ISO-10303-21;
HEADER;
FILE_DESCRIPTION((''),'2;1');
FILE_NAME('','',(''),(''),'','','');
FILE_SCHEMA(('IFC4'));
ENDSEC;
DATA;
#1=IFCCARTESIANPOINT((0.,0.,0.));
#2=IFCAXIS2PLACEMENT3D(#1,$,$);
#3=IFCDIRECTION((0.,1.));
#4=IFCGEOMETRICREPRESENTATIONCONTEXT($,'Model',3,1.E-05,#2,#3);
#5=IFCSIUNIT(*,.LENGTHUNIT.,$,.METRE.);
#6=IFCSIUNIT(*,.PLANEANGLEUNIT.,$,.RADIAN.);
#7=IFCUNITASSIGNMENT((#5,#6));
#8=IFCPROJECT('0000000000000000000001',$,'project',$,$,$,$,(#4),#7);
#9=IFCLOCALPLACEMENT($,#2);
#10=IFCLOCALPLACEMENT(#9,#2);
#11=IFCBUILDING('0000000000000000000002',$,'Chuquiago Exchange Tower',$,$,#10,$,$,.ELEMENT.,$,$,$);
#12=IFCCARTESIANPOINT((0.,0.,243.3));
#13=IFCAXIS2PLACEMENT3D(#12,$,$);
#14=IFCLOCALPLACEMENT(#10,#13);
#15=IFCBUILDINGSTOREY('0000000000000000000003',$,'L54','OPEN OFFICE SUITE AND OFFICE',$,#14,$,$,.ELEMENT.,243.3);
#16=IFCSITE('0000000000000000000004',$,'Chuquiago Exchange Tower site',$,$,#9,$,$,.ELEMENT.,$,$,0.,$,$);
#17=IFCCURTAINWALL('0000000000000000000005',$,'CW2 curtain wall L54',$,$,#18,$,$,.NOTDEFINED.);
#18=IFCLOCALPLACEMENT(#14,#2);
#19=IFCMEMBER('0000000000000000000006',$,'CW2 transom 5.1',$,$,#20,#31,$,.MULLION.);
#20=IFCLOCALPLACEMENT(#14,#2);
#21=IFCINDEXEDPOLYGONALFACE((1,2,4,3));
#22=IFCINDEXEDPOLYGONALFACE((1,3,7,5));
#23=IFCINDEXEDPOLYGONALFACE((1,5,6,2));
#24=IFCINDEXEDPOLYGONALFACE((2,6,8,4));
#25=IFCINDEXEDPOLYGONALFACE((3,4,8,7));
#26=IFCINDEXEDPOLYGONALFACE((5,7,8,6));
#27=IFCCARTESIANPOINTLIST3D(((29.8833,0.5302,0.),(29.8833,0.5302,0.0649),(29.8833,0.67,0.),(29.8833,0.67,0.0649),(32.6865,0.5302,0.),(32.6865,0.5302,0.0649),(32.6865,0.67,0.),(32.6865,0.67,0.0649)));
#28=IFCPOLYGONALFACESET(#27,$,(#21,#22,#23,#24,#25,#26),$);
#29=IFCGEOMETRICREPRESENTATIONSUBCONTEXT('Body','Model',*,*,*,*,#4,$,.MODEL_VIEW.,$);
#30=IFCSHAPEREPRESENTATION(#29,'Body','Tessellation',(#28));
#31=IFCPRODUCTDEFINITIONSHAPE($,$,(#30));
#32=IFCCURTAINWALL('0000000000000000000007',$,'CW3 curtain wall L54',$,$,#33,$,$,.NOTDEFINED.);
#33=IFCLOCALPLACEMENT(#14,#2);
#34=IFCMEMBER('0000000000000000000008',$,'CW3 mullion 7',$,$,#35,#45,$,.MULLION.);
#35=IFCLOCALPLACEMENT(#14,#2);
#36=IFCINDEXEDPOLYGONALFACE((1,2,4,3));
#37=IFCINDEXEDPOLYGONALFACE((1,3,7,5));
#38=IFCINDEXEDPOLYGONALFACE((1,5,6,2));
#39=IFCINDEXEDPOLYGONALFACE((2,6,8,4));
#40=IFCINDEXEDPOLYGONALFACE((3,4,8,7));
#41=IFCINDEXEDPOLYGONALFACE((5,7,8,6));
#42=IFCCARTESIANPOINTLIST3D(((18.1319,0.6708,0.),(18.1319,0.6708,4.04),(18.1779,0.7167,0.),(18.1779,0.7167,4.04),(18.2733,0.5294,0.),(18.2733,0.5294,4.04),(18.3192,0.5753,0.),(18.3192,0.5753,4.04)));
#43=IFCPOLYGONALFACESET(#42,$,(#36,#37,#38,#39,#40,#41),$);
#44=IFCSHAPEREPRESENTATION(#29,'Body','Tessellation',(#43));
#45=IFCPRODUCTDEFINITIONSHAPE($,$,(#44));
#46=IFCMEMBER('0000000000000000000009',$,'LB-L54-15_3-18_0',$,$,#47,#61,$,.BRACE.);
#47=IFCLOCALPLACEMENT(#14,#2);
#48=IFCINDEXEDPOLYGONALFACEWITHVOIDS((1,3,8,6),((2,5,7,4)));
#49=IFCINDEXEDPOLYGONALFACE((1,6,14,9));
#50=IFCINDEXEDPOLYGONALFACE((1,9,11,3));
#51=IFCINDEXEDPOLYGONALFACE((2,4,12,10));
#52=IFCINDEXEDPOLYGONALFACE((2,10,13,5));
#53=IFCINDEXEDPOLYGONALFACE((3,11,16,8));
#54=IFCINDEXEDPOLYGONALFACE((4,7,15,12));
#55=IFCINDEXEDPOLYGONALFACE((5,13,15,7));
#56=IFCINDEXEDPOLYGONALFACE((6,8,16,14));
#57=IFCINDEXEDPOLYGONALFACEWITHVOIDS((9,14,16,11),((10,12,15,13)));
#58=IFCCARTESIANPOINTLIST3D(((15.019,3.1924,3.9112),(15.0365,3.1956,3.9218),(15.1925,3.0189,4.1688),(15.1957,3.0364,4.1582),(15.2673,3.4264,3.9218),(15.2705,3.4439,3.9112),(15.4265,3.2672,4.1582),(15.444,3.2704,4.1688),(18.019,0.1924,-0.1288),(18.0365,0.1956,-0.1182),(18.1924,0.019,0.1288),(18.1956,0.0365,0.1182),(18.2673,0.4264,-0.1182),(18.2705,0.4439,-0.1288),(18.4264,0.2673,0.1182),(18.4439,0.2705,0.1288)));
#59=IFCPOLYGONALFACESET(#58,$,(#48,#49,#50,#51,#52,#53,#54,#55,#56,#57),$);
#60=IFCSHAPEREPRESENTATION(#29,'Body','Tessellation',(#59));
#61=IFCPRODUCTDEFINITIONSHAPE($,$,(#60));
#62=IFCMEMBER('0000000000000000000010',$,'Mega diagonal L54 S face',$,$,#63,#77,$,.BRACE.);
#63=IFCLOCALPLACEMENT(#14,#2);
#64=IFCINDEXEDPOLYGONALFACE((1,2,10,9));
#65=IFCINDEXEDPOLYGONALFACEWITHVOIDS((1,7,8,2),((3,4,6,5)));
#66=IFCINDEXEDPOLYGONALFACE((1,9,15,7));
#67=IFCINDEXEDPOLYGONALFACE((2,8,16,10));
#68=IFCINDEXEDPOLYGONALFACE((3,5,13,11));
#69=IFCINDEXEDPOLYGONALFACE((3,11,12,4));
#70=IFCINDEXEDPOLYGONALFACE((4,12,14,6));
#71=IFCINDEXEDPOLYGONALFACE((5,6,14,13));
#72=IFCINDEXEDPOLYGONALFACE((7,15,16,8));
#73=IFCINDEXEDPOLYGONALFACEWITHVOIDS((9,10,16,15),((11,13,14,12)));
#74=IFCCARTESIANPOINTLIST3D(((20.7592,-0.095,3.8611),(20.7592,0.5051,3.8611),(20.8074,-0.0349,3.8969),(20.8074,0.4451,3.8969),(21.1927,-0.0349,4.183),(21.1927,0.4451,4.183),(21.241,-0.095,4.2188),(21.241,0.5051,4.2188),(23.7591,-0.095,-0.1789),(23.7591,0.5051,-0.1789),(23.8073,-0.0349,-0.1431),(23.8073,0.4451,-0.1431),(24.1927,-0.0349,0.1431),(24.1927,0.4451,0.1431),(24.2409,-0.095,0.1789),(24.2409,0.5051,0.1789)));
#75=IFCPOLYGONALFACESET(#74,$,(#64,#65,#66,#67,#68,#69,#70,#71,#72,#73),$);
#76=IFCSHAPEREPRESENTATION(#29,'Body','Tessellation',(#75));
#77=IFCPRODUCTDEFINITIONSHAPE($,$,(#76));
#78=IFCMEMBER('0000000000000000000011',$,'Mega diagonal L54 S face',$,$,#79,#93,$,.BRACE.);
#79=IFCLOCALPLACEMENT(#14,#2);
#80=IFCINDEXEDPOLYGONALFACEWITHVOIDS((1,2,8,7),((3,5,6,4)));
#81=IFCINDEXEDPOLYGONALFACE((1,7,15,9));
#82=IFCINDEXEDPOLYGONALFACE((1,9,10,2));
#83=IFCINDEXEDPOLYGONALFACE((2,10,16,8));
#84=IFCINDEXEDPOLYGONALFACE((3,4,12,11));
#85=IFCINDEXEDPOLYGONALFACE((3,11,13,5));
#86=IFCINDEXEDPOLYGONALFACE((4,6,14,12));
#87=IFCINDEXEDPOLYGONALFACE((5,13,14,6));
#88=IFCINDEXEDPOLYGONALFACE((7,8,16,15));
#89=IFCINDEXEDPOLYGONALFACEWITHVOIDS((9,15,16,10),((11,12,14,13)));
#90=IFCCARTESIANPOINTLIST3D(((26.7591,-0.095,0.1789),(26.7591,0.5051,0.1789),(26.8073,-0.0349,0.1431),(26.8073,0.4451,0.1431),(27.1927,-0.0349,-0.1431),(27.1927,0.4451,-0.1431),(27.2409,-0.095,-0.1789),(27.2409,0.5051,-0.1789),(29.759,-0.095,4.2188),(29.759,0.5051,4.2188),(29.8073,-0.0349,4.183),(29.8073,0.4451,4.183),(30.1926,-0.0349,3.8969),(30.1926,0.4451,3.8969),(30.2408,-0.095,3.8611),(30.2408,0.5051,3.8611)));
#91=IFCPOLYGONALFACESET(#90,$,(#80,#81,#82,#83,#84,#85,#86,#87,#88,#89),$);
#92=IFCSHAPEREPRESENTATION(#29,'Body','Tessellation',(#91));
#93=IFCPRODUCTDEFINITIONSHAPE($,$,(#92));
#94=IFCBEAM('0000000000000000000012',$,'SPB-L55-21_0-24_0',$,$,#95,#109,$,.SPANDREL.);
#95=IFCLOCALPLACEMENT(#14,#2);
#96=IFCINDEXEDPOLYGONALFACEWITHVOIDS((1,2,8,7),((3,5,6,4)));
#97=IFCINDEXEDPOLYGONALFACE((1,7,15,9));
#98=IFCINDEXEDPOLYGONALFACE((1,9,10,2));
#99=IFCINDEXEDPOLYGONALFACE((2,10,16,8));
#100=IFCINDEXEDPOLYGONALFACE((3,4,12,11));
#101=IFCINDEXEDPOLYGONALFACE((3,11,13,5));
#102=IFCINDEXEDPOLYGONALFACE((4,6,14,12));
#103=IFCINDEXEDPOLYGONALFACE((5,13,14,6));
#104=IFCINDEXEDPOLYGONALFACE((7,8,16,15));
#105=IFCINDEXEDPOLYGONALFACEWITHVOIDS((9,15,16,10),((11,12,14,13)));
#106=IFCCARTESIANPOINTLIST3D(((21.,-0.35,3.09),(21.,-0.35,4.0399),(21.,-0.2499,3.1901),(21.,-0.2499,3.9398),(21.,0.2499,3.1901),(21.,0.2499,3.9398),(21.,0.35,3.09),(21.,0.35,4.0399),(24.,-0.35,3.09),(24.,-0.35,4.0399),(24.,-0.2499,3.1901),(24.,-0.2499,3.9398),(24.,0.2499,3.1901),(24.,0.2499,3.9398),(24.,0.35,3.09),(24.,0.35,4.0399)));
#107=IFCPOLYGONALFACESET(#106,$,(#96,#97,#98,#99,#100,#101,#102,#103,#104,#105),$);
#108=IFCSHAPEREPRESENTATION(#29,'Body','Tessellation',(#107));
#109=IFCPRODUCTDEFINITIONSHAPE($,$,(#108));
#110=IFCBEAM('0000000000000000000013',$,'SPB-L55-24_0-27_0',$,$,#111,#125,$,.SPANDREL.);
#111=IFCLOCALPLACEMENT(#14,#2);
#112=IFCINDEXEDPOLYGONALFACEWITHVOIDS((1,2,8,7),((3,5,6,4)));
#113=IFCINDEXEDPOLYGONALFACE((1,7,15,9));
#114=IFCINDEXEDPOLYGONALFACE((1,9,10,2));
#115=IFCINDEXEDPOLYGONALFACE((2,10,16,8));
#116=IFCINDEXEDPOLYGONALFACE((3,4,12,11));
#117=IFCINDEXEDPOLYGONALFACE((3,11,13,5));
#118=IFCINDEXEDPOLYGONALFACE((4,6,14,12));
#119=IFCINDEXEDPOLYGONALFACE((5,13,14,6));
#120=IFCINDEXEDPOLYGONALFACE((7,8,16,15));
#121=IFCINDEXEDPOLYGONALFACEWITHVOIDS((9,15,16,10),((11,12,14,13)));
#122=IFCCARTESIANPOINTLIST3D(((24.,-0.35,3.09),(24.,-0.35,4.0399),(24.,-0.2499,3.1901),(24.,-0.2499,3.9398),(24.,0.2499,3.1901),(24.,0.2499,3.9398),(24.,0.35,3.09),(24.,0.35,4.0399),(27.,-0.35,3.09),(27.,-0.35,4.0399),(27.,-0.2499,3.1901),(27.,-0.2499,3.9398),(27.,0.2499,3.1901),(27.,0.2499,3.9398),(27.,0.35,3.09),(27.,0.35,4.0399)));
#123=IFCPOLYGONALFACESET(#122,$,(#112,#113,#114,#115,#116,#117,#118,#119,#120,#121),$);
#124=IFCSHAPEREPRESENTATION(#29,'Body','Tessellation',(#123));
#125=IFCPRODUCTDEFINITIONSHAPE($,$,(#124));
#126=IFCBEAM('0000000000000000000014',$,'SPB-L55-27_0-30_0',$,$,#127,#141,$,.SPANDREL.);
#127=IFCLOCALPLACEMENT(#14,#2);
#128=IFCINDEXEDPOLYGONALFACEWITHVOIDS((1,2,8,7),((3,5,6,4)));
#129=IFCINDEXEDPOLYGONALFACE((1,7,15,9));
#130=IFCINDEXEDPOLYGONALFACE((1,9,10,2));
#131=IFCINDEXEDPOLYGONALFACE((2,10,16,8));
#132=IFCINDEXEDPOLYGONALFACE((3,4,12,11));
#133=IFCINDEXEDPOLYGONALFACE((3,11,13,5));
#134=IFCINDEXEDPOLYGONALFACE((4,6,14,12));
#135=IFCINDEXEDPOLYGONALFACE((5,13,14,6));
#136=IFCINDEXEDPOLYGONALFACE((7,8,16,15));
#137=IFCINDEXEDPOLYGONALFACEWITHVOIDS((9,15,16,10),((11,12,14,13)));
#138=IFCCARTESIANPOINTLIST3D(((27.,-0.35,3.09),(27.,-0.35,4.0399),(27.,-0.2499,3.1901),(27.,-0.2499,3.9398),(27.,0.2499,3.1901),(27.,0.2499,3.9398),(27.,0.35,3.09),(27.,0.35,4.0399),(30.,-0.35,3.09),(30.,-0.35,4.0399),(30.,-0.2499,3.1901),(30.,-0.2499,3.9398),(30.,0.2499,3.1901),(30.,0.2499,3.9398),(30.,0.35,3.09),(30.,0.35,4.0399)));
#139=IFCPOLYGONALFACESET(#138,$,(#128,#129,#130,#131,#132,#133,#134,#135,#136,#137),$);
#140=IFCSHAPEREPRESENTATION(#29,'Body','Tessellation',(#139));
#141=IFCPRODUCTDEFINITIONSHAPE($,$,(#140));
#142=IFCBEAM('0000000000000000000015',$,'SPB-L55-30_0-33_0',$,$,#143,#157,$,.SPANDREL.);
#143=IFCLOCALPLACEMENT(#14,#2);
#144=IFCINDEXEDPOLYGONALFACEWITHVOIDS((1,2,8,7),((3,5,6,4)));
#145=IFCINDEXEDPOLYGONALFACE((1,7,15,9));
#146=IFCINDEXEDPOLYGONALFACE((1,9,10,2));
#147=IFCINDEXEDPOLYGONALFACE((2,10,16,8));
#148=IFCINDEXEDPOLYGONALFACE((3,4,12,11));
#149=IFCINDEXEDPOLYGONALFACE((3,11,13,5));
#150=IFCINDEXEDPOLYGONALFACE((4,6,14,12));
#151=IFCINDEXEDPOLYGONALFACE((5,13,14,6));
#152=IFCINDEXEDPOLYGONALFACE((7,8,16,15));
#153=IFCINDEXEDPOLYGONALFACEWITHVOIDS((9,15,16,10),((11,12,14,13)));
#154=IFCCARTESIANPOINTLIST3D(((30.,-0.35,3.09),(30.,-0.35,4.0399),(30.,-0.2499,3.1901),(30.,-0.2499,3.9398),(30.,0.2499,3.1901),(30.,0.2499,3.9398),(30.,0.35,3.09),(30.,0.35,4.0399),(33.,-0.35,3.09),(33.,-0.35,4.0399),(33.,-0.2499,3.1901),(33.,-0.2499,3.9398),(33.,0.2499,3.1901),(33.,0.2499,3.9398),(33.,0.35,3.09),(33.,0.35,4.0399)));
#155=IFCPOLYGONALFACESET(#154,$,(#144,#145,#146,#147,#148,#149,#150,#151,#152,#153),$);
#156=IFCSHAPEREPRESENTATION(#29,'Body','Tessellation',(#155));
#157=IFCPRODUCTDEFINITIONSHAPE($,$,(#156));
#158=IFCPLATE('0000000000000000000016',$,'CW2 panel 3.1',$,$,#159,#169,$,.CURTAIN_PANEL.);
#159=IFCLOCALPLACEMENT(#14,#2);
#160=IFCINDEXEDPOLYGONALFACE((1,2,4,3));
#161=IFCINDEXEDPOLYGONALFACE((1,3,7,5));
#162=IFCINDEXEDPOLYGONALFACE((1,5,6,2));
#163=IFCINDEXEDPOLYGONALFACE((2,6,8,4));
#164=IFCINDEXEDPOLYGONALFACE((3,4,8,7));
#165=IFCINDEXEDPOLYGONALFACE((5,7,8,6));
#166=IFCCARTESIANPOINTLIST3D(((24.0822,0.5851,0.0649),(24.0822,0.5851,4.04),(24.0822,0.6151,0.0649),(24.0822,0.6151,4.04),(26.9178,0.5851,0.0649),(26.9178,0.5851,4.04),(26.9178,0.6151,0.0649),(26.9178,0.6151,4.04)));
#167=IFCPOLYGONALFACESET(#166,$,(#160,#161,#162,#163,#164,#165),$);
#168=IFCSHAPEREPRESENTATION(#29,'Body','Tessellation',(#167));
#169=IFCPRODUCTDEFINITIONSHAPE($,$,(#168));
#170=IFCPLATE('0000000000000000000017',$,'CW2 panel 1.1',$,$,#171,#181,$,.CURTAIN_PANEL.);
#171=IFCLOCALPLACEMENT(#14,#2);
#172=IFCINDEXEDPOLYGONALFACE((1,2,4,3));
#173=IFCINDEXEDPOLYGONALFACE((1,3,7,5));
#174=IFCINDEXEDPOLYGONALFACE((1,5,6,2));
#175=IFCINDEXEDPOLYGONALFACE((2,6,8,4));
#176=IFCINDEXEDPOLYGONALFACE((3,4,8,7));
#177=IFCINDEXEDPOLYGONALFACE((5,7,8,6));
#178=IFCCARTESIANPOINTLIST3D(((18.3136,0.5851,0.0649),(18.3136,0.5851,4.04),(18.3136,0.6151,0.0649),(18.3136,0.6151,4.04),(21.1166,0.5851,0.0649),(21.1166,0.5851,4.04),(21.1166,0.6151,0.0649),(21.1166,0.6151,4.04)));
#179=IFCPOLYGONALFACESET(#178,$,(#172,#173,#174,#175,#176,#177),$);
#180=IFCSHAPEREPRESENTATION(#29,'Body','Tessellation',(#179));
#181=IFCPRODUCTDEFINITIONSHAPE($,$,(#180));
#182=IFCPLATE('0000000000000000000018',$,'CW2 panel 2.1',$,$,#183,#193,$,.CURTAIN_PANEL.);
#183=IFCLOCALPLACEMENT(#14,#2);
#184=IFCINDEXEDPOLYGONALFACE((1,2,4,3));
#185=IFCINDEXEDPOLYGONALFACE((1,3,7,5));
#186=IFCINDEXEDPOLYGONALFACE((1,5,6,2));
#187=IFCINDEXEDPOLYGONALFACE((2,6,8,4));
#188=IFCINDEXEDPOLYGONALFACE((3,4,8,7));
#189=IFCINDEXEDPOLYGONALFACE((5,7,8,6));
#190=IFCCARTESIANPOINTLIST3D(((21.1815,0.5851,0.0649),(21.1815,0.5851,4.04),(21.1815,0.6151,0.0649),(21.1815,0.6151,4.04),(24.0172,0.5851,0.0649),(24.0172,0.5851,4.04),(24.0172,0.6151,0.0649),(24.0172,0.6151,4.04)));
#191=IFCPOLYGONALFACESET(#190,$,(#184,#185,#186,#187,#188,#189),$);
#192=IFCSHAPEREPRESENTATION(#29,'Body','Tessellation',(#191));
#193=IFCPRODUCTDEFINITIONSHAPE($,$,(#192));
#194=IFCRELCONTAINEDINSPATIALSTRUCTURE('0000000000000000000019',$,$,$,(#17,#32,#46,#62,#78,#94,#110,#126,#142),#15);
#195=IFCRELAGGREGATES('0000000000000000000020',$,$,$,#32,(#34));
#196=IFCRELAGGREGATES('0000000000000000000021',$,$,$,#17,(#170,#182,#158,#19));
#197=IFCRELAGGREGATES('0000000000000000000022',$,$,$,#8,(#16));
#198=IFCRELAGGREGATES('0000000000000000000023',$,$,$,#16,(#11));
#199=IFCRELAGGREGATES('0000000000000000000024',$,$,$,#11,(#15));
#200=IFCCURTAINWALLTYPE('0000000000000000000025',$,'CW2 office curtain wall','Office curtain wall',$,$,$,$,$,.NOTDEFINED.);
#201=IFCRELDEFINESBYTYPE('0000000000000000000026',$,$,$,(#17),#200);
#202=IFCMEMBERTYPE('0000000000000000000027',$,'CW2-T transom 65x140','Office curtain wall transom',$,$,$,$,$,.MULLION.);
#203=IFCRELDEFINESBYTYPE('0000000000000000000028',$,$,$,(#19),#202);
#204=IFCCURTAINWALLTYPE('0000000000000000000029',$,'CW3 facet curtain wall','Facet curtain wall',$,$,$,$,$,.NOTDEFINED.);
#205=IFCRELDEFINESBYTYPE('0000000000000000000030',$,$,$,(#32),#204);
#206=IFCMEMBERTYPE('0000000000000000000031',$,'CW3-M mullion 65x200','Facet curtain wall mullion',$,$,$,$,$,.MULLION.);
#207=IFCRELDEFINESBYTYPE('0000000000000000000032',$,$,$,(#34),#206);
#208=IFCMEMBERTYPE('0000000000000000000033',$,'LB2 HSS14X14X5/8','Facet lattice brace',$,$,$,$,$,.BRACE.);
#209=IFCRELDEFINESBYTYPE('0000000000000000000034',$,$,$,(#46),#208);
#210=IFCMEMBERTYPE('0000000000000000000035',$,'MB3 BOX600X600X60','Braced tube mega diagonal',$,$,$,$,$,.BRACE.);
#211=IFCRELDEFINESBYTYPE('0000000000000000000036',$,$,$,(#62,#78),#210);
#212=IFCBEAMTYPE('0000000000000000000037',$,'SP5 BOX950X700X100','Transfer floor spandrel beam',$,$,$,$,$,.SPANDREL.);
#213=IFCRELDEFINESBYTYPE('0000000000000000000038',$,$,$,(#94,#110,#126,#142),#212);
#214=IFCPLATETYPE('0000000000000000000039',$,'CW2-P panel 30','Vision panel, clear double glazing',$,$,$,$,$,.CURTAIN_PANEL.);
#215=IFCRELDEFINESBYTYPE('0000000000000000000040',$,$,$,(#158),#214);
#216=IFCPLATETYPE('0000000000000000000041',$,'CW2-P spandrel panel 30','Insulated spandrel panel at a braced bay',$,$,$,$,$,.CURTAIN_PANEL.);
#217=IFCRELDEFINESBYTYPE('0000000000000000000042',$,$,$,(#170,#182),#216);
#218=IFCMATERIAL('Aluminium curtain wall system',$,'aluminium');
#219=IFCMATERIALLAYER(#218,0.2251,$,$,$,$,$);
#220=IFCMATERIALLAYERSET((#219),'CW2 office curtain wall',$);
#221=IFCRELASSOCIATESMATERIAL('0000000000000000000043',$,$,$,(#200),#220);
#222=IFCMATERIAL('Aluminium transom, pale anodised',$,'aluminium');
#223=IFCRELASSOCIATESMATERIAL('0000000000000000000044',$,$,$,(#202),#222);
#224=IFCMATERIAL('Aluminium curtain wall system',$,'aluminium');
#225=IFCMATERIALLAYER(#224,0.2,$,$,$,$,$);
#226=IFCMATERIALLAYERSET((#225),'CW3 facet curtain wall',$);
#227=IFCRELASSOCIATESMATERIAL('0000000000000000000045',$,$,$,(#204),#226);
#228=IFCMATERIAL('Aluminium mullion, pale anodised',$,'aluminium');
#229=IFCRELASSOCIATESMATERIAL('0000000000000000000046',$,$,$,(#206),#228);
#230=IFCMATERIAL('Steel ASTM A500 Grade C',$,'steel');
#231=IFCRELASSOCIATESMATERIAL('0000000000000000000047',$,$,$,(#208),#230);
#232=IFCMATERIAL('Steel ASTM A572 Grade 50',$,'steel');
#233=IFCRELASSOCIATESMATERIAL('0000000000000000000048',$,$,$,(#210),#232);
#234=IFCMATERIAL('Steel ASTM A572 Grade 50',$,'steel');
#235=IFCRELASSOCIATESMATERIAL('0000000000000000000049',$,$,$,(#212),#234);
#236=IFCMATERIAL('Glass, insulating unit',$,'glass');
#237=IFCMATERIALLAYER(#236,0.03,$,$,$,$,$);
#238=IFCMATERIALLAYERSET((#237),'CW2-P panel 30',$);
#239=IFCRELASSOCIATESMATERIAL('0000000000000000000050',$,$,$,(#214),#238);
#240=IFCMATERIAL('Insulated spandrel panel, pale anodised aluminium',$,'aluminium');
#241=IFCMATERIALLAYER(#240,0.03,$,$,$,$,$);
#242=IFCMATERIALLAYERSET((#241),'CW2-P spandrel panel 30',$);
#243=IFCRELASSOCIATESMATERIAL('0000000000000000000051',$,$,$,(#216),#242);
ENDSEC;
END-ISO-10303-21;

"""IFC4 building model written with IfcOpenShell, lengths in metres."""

from ifc_helpers import new_model, si_unit, direction, frame, origin, origin_2d, place, context, subcontext, project, spatial, rectangle, hollow_rectangle, extrude, material, layer, layer_set, material_profile, profile_set, type_object, element, aggregate, save


model = new_model("IFC4")

# Units and contexts
model_context = context("Model", 3, precision=1e-05, world=origin(), true_north=direction((0.0, 1.0)))
body_context = subcontext(model_context, "Body", "Model", "MODEL_VIEW")
ifc_project = project(units=[si_unit("LENGTHUNIT", "METRE"), si_unit("PLANEANGLEUNIT", "RADIAN")], contexts=[model_context])

# Site, building, storey
site_placement = place(None, origin())
site = spatial("IfcSite", under=ifc_project, at=site_placement, Name="Chuquiago Exchange Tower site", CompositionType="ELEMENT", RefElevation=0.0)
building_placement = place(site_placement, origin())
building = spatial("IfcBuilding", under=site, at=building_placement, Name="Chuquiago Exchange Tower", CompositionType="ELEMENT")
storey_placement = place(building_placement, frame((0.0, 0.0, 243.3)))
storey = spatial("IfcBuildingStorey", under=building, at=storey_placement, Name="L54", Description="OPEN OFFICE SUITE AND OFFICE", CompositionType="ELEMENT", Elevation=243.3)

# Curtain wall, member
ifc_material_1 = material(Name="Aluminium curtain wall system", Category="aluminium")
ifc_layer_1 = layer(ifc_material_1, 0.2251)
ifc_layer_set_1 = layer_set([ifc_layer_1], Name="CW2 office curtain wall")
curtain_wall_type_1 = type_object("IfcCurtainWallType", Name="CW2 office curtain wall", Description="Office curtain wall", PredefinedType="NOTDEFINED", material=ifc_layer_set_1)
curtain_wall_1_placement = place(storey_placement, origin())
curtain_wall_1 = element("IfcCurtainWall", 1, at=curtain_wall_1_placement, inside=storey, type_object=curtain_wall_type_1, Name="CW2 curtain wall L54", PredefinedType="NOTDEFINED")
ifc_material_2 = material(Name="Aluminium transom, pale anodised", Category="aluminium")
ifc_material_profile_1 = material_profile(ifc_material_2, rectangle(XDim=0.1399, YDim=0.0649, at=origin_2d()), Name="AL 140x65")
ifc_profile_set_1 = profile_set([ifc_material_profile_1], Name="Aluminium transom, pale anodised")
member_type_1 = type_object("IfcMemberType", Name="CW2-T transom 65x140", Description="Office curtain wall transom", PredefinedType="MULLION", material=ifc_profile_set_1)
member_1_placement = place(storey_placement, frame((29.8833, 0.6001, 0.0325), z_axis=(1.0, 0.0, 0.0), x_axis=(0.0, 1.0, 0.0)))
member_1 = element("IfcMember", 2, at=member_1_placement, type_object=member_type_1, Name="CW2 transom 5.1", PredefinedType="MULLION", context=body_context, shape_type="SweptSolid", body=[
    extrude(rectangle(XDim=0.1399, YDim=0.0649, at=origin_2d()), origin(), (0.0, 0.0, 1.0), 2.8032),
])

# Curtain wall, member
ifc_material_3 = material(Name="Aluminium curtain wall system", Category="aluminium")
ifc_layer_2 = layer(ifc_material_3, 0.2)
ifc_layer_set_2 = layer_set([ifc_layer_2], Name="CW3 facet curtain wall")
curtain_wall_type_2 = type_object("IfcCurtainWallType", Name="CW3 facet curtain wall", Description="Facet curtain wall", PredefinedType="NOTDEFINED", material=ifc_layer_set_2)
curtain_wall_2_placement = place(storey_placement, origin())
curtain_wall_2 = element("IfcCurtainWall", 3, at=curtain_wall_2_placement, inside=storey, type_object=curtain_wall_type_2, Name="CW3 curtain wall L54", PredefinedType="NOTDEFINED")
ifc_material_4 = material(Name="Aluminium mullion, pale anodised", Category="aluminium")
ifc_material_profile_2 = material_profile(ifc_material_4, rectangle(XDim=0.0649, YDim=0.2, at=origin_2d()), Name="AL 65x200")
ifc_profile_set_2 = profile_set([ifc_material_profile_2], Name="Aluminium mullion, pale anodised")
member_type_2 = type_object("IfcMemberType", Name="CW3-M mullion 65x200", Description="Facet curtain wall mullion", PredefinedType="MULLION", material=ifc_profile_set_2)
member_2_placement = place(storey_placement, frame((18.2256, 0.623, 0.0), z_axis=(0.0, 0.0, 1.0), x_axis=(0.707107, 0.707107, 0.0)))
member_2 = element("IfcMember", 4, at=member_2_placement, type_object=member_type_2, Name="CW3 mullion 7", PredefinedType="MULLION", context=body_context, shape_type="SweptSolid", body=[
    extrude(rectangle(XDim=0.0649, YDim=0.2, at=origin_2d()), origin(), (0.0, 0.0, 1.0), 4.04),
])
aggregate(curtain_wall_2, [member_2])

# Members
ifc_material_5 = material(Name="Steel ASTM A500 Grade C", Category="steel")
ifc_material_profile_3 = material_profile(ifc_material_5, hollow_rectangle(XDim=0.3557, YDim=0.3557, WallThickness=0.0146, at=origin_2d()), Name="HSS14X14X5/8")
ifc_profile_set_3 = profile_set([ifc_material_profile_3], Name="Steel ASTM A500 Grade C")
member_type_3 = type_object("IfcMemberType", Name="LB2 HSS14X14X5/8", Description="Facet lattice brace", PredefinedType="BRACE", material=ifc_profile_set_3)
member_3_placement = place(storey_placement, frame((18.2314, 0.2314, 0.0), z_axis=(-0.512077, 0.512077, 0.689604), x_axis=(-0.707107, -0.707107, 0.0)))
element("IfcMember", 5, at=member_3_placement, inside=storey, type_object=member_type_3, Name="LB-L54-15_3-18_0", PredefinedType="BRACE", context=body_context, shape_type="SweptSolid", body=[
    extrude(hollow_rectangle(XDim=0.3557, YDim=0.3557, WallThickness=0.0146, at=origin_2d()), origin(), (0.0, 0.0, 1.0), 5.8584),
])
ifc_material_6 = material(Name="Steel ASTM A572 Grade 50", Category="steel")
ifc_material_profile_4 = material_profile(ifc_material_6, hollow_rectangle(XDim=0.6001, YDim=0.6001, WallThickness=0.0601, at=origin_2d()), Name="BOX600X600X60")
ifc_profile_set_4 = profile_set([ifc_material_profile_4], Name="Steel ASTM A572 Grade 50")
member_type_4 = type_object("IfcMemberType", Name="MB3 BOX600X600X60", Description="Braced tube mega diagonal", PredefinedType="BRACE", material=ifc_profile_set_4)
for number, where, z_axis, x_axis, name in (
    (6, (24.0, 0.2051, 0.0), (-0.596174, 0.0, 0.802855), (0.0, -1.0, 0.0), "Mega diagonal L54 S face"),
    (7, (27.0, 0.2051, 0.0), (0.596174, 0.0, 0.802855), (0.0, 1.0, 0.0), "Mega diagonal L54 S face"),
):
    element("IfcMember", number, at=place(storey_placement, frame(where, z_axis=z_axis, x_axis=x_axis)), inside=storey, type_object=member_type_4, Name=name, PredefinedType="BRACE", context=body_context, shape_type="SweptSolid", body=[
        extrude(hollow_rectangle(XDim=0.6001, YDim=0.6001, WallThickness=0.0601, at=origin_2d()), origin(), (0.0, 0.0, 1.0), 5.032),
    ])

# Beams
ifc_material_7 = material(Name="Steel ASTM A572 Grade 50", Category="steel")
ifc_material_profile_5 = material_profile(ifc_material_7, hollow_rectangle(XDim=0.7, YDim=0.95, WallThickness=0.1001, at=origin_2d()), Name="BOX950X700X100")
ifc_profile_set_5 = profile_set([ifc_material_profile_5], Name="Steel ASTM A572 Grade 50")
beam_type = type_object("IfcBeamType", Name="SP5 BOX950X700X100", Description="Transfer floor spandrel beam", PredefinedType="SPANDREL", material=ifc_profile_set_5)
for number, where, z_axis, x_axis, name in (
    (8, (21.0, 0.0, 3.5649), (1.0, 0.0, 0.0), (0.0, 1.0, 0.0), "SPB-L55-21_0-24_0"),
    (9, (24.0, 0.0, 3.5649), (1.0, 0.0, 0.0), (0.0, 1.0, 0.0), "SPB-L55-24_0-27_0"),
    (10, (27.0, 0.0, 3.5649), (1.0, 0.0, 0.0), (0.0, 1.0, 0.0), "SPB-L55-27_0-30_0"),
    (11, (30.0, 0.0, 3.5649), (1.0, 0.0, 0.0), (0.0, 1.0, 0.0), "SPB-L55-30_0-33_0"),
):
    element("IfcBeam", number, at=place(storey_placement, frame(where, z_axis=z_axis, x_axis=x_axis)), inside=storey, type_object=beam_type, Name=name, PredefinedType="SPANDREL", context=body_context, shape_type="SweptSolid", body=[
        extrude(hollow_rectangle(XDim=0.7, YDim=0.95, WallThickness=0.1001, at=origin_2d()), origin(), (0.0, 0.0, 1.0), 3.0),
    ])

# Plates
ifc_material_8 = material(Name="Glass, insulating unit", Category="glass")
ifc_layer_3 = layer(ifc_material_8, 0.03)
ifc_layer_set_3 = layer_set([ifc_layer_3], Name="CW2-P panel 30")
plate_type_1 = type_object("IfcPlateType", Name="CW2-P panel 30", Description="Vision panel, clear double glazing", PredefinedType="CURTAIN_PANEL", material=ifc_layer_set_3)
plate_1_placement = place(storey_placement, frame((25.5, 0.6001, 0.0649), z_axis=(0.0, 0.0, 1.0), x_axis=(1.0, 0.0, 0.0)))
plate_1 = element("IfcPlate", 12, at=plate_1_placement, type_object=plate_type_1, Name="CW2 panel 3.1", PredefinedType="CURTAIN_PANEL", context=body_context, shape_type="SweptSolid", body=[
    extrude(rectangle(XDim=2.8357, YDim=0.03, at=origin_2d()), origin(), (0.0, 0.0, 1.0), 3.9751),
])
ifc_material_9 = material(Name="Insulated spandrel panel, pale anodised aluminium", Category="aluminium")
ifc_layer_4 = layer(ifc_material_9, 0.03)
ifc_layer_set_4 = layer_set([ifc_layer_4], Name="CW2-P spandrel panel 30")
plate_type_2 = type_object("IfcPlateType", Name="CW2-P spandrel panel 30", Description="Insulated spandrel panel at a braced bay", PredefinedType="CURTAIN_PANEL", material=ifc_layer_set_4)
plate_2_placement = place(storey_placement, frame((19.7151, 0.6001, 0.0649), z_axis=(0.0, 0.0, 1.0), x_axis=(1.0, 0.0, 0.0)))
plate_2 = element("IfcPlate", 13, at=plate_2_placement, type_object=plate_type_2, Name="CW2 panel 1.1", PredefinedType="CURTAIN_PANEL", context=body_context, shape_type="SweptSolid", body=[
    extrude(rectangle(XDim=2.803, YDim=0.03, at=origin_2d()), origin(), (0.0, 0.0, 1.0), 3.9751),
])
plate_3_placement = place(storey_placement, frame((22.5994, 0.6001, 0.0649), z_axis=(0.0, 0.0, 1.0), x_axis=(1.0, 0.0, 0.0)))
plate_3 = element("IfcPlate", 14, at=plate_3_placement, type_object=plate_type_2, Name="CW2 panel 2.1", PredefinedType="CURTAIN_PANEL", context=body_context, shape_type="SweptSolid", body=[
    extrude(rectangle(XDim=2.8357, YDim=0.03, at=origin_2d()), origin(), (0.0, 0.0, 1.0), 3.9751),
])
aggregate(curtain_wall_1, [plate_2, plate_3, plate_1, member_1])

save(model, "model.ifc")
